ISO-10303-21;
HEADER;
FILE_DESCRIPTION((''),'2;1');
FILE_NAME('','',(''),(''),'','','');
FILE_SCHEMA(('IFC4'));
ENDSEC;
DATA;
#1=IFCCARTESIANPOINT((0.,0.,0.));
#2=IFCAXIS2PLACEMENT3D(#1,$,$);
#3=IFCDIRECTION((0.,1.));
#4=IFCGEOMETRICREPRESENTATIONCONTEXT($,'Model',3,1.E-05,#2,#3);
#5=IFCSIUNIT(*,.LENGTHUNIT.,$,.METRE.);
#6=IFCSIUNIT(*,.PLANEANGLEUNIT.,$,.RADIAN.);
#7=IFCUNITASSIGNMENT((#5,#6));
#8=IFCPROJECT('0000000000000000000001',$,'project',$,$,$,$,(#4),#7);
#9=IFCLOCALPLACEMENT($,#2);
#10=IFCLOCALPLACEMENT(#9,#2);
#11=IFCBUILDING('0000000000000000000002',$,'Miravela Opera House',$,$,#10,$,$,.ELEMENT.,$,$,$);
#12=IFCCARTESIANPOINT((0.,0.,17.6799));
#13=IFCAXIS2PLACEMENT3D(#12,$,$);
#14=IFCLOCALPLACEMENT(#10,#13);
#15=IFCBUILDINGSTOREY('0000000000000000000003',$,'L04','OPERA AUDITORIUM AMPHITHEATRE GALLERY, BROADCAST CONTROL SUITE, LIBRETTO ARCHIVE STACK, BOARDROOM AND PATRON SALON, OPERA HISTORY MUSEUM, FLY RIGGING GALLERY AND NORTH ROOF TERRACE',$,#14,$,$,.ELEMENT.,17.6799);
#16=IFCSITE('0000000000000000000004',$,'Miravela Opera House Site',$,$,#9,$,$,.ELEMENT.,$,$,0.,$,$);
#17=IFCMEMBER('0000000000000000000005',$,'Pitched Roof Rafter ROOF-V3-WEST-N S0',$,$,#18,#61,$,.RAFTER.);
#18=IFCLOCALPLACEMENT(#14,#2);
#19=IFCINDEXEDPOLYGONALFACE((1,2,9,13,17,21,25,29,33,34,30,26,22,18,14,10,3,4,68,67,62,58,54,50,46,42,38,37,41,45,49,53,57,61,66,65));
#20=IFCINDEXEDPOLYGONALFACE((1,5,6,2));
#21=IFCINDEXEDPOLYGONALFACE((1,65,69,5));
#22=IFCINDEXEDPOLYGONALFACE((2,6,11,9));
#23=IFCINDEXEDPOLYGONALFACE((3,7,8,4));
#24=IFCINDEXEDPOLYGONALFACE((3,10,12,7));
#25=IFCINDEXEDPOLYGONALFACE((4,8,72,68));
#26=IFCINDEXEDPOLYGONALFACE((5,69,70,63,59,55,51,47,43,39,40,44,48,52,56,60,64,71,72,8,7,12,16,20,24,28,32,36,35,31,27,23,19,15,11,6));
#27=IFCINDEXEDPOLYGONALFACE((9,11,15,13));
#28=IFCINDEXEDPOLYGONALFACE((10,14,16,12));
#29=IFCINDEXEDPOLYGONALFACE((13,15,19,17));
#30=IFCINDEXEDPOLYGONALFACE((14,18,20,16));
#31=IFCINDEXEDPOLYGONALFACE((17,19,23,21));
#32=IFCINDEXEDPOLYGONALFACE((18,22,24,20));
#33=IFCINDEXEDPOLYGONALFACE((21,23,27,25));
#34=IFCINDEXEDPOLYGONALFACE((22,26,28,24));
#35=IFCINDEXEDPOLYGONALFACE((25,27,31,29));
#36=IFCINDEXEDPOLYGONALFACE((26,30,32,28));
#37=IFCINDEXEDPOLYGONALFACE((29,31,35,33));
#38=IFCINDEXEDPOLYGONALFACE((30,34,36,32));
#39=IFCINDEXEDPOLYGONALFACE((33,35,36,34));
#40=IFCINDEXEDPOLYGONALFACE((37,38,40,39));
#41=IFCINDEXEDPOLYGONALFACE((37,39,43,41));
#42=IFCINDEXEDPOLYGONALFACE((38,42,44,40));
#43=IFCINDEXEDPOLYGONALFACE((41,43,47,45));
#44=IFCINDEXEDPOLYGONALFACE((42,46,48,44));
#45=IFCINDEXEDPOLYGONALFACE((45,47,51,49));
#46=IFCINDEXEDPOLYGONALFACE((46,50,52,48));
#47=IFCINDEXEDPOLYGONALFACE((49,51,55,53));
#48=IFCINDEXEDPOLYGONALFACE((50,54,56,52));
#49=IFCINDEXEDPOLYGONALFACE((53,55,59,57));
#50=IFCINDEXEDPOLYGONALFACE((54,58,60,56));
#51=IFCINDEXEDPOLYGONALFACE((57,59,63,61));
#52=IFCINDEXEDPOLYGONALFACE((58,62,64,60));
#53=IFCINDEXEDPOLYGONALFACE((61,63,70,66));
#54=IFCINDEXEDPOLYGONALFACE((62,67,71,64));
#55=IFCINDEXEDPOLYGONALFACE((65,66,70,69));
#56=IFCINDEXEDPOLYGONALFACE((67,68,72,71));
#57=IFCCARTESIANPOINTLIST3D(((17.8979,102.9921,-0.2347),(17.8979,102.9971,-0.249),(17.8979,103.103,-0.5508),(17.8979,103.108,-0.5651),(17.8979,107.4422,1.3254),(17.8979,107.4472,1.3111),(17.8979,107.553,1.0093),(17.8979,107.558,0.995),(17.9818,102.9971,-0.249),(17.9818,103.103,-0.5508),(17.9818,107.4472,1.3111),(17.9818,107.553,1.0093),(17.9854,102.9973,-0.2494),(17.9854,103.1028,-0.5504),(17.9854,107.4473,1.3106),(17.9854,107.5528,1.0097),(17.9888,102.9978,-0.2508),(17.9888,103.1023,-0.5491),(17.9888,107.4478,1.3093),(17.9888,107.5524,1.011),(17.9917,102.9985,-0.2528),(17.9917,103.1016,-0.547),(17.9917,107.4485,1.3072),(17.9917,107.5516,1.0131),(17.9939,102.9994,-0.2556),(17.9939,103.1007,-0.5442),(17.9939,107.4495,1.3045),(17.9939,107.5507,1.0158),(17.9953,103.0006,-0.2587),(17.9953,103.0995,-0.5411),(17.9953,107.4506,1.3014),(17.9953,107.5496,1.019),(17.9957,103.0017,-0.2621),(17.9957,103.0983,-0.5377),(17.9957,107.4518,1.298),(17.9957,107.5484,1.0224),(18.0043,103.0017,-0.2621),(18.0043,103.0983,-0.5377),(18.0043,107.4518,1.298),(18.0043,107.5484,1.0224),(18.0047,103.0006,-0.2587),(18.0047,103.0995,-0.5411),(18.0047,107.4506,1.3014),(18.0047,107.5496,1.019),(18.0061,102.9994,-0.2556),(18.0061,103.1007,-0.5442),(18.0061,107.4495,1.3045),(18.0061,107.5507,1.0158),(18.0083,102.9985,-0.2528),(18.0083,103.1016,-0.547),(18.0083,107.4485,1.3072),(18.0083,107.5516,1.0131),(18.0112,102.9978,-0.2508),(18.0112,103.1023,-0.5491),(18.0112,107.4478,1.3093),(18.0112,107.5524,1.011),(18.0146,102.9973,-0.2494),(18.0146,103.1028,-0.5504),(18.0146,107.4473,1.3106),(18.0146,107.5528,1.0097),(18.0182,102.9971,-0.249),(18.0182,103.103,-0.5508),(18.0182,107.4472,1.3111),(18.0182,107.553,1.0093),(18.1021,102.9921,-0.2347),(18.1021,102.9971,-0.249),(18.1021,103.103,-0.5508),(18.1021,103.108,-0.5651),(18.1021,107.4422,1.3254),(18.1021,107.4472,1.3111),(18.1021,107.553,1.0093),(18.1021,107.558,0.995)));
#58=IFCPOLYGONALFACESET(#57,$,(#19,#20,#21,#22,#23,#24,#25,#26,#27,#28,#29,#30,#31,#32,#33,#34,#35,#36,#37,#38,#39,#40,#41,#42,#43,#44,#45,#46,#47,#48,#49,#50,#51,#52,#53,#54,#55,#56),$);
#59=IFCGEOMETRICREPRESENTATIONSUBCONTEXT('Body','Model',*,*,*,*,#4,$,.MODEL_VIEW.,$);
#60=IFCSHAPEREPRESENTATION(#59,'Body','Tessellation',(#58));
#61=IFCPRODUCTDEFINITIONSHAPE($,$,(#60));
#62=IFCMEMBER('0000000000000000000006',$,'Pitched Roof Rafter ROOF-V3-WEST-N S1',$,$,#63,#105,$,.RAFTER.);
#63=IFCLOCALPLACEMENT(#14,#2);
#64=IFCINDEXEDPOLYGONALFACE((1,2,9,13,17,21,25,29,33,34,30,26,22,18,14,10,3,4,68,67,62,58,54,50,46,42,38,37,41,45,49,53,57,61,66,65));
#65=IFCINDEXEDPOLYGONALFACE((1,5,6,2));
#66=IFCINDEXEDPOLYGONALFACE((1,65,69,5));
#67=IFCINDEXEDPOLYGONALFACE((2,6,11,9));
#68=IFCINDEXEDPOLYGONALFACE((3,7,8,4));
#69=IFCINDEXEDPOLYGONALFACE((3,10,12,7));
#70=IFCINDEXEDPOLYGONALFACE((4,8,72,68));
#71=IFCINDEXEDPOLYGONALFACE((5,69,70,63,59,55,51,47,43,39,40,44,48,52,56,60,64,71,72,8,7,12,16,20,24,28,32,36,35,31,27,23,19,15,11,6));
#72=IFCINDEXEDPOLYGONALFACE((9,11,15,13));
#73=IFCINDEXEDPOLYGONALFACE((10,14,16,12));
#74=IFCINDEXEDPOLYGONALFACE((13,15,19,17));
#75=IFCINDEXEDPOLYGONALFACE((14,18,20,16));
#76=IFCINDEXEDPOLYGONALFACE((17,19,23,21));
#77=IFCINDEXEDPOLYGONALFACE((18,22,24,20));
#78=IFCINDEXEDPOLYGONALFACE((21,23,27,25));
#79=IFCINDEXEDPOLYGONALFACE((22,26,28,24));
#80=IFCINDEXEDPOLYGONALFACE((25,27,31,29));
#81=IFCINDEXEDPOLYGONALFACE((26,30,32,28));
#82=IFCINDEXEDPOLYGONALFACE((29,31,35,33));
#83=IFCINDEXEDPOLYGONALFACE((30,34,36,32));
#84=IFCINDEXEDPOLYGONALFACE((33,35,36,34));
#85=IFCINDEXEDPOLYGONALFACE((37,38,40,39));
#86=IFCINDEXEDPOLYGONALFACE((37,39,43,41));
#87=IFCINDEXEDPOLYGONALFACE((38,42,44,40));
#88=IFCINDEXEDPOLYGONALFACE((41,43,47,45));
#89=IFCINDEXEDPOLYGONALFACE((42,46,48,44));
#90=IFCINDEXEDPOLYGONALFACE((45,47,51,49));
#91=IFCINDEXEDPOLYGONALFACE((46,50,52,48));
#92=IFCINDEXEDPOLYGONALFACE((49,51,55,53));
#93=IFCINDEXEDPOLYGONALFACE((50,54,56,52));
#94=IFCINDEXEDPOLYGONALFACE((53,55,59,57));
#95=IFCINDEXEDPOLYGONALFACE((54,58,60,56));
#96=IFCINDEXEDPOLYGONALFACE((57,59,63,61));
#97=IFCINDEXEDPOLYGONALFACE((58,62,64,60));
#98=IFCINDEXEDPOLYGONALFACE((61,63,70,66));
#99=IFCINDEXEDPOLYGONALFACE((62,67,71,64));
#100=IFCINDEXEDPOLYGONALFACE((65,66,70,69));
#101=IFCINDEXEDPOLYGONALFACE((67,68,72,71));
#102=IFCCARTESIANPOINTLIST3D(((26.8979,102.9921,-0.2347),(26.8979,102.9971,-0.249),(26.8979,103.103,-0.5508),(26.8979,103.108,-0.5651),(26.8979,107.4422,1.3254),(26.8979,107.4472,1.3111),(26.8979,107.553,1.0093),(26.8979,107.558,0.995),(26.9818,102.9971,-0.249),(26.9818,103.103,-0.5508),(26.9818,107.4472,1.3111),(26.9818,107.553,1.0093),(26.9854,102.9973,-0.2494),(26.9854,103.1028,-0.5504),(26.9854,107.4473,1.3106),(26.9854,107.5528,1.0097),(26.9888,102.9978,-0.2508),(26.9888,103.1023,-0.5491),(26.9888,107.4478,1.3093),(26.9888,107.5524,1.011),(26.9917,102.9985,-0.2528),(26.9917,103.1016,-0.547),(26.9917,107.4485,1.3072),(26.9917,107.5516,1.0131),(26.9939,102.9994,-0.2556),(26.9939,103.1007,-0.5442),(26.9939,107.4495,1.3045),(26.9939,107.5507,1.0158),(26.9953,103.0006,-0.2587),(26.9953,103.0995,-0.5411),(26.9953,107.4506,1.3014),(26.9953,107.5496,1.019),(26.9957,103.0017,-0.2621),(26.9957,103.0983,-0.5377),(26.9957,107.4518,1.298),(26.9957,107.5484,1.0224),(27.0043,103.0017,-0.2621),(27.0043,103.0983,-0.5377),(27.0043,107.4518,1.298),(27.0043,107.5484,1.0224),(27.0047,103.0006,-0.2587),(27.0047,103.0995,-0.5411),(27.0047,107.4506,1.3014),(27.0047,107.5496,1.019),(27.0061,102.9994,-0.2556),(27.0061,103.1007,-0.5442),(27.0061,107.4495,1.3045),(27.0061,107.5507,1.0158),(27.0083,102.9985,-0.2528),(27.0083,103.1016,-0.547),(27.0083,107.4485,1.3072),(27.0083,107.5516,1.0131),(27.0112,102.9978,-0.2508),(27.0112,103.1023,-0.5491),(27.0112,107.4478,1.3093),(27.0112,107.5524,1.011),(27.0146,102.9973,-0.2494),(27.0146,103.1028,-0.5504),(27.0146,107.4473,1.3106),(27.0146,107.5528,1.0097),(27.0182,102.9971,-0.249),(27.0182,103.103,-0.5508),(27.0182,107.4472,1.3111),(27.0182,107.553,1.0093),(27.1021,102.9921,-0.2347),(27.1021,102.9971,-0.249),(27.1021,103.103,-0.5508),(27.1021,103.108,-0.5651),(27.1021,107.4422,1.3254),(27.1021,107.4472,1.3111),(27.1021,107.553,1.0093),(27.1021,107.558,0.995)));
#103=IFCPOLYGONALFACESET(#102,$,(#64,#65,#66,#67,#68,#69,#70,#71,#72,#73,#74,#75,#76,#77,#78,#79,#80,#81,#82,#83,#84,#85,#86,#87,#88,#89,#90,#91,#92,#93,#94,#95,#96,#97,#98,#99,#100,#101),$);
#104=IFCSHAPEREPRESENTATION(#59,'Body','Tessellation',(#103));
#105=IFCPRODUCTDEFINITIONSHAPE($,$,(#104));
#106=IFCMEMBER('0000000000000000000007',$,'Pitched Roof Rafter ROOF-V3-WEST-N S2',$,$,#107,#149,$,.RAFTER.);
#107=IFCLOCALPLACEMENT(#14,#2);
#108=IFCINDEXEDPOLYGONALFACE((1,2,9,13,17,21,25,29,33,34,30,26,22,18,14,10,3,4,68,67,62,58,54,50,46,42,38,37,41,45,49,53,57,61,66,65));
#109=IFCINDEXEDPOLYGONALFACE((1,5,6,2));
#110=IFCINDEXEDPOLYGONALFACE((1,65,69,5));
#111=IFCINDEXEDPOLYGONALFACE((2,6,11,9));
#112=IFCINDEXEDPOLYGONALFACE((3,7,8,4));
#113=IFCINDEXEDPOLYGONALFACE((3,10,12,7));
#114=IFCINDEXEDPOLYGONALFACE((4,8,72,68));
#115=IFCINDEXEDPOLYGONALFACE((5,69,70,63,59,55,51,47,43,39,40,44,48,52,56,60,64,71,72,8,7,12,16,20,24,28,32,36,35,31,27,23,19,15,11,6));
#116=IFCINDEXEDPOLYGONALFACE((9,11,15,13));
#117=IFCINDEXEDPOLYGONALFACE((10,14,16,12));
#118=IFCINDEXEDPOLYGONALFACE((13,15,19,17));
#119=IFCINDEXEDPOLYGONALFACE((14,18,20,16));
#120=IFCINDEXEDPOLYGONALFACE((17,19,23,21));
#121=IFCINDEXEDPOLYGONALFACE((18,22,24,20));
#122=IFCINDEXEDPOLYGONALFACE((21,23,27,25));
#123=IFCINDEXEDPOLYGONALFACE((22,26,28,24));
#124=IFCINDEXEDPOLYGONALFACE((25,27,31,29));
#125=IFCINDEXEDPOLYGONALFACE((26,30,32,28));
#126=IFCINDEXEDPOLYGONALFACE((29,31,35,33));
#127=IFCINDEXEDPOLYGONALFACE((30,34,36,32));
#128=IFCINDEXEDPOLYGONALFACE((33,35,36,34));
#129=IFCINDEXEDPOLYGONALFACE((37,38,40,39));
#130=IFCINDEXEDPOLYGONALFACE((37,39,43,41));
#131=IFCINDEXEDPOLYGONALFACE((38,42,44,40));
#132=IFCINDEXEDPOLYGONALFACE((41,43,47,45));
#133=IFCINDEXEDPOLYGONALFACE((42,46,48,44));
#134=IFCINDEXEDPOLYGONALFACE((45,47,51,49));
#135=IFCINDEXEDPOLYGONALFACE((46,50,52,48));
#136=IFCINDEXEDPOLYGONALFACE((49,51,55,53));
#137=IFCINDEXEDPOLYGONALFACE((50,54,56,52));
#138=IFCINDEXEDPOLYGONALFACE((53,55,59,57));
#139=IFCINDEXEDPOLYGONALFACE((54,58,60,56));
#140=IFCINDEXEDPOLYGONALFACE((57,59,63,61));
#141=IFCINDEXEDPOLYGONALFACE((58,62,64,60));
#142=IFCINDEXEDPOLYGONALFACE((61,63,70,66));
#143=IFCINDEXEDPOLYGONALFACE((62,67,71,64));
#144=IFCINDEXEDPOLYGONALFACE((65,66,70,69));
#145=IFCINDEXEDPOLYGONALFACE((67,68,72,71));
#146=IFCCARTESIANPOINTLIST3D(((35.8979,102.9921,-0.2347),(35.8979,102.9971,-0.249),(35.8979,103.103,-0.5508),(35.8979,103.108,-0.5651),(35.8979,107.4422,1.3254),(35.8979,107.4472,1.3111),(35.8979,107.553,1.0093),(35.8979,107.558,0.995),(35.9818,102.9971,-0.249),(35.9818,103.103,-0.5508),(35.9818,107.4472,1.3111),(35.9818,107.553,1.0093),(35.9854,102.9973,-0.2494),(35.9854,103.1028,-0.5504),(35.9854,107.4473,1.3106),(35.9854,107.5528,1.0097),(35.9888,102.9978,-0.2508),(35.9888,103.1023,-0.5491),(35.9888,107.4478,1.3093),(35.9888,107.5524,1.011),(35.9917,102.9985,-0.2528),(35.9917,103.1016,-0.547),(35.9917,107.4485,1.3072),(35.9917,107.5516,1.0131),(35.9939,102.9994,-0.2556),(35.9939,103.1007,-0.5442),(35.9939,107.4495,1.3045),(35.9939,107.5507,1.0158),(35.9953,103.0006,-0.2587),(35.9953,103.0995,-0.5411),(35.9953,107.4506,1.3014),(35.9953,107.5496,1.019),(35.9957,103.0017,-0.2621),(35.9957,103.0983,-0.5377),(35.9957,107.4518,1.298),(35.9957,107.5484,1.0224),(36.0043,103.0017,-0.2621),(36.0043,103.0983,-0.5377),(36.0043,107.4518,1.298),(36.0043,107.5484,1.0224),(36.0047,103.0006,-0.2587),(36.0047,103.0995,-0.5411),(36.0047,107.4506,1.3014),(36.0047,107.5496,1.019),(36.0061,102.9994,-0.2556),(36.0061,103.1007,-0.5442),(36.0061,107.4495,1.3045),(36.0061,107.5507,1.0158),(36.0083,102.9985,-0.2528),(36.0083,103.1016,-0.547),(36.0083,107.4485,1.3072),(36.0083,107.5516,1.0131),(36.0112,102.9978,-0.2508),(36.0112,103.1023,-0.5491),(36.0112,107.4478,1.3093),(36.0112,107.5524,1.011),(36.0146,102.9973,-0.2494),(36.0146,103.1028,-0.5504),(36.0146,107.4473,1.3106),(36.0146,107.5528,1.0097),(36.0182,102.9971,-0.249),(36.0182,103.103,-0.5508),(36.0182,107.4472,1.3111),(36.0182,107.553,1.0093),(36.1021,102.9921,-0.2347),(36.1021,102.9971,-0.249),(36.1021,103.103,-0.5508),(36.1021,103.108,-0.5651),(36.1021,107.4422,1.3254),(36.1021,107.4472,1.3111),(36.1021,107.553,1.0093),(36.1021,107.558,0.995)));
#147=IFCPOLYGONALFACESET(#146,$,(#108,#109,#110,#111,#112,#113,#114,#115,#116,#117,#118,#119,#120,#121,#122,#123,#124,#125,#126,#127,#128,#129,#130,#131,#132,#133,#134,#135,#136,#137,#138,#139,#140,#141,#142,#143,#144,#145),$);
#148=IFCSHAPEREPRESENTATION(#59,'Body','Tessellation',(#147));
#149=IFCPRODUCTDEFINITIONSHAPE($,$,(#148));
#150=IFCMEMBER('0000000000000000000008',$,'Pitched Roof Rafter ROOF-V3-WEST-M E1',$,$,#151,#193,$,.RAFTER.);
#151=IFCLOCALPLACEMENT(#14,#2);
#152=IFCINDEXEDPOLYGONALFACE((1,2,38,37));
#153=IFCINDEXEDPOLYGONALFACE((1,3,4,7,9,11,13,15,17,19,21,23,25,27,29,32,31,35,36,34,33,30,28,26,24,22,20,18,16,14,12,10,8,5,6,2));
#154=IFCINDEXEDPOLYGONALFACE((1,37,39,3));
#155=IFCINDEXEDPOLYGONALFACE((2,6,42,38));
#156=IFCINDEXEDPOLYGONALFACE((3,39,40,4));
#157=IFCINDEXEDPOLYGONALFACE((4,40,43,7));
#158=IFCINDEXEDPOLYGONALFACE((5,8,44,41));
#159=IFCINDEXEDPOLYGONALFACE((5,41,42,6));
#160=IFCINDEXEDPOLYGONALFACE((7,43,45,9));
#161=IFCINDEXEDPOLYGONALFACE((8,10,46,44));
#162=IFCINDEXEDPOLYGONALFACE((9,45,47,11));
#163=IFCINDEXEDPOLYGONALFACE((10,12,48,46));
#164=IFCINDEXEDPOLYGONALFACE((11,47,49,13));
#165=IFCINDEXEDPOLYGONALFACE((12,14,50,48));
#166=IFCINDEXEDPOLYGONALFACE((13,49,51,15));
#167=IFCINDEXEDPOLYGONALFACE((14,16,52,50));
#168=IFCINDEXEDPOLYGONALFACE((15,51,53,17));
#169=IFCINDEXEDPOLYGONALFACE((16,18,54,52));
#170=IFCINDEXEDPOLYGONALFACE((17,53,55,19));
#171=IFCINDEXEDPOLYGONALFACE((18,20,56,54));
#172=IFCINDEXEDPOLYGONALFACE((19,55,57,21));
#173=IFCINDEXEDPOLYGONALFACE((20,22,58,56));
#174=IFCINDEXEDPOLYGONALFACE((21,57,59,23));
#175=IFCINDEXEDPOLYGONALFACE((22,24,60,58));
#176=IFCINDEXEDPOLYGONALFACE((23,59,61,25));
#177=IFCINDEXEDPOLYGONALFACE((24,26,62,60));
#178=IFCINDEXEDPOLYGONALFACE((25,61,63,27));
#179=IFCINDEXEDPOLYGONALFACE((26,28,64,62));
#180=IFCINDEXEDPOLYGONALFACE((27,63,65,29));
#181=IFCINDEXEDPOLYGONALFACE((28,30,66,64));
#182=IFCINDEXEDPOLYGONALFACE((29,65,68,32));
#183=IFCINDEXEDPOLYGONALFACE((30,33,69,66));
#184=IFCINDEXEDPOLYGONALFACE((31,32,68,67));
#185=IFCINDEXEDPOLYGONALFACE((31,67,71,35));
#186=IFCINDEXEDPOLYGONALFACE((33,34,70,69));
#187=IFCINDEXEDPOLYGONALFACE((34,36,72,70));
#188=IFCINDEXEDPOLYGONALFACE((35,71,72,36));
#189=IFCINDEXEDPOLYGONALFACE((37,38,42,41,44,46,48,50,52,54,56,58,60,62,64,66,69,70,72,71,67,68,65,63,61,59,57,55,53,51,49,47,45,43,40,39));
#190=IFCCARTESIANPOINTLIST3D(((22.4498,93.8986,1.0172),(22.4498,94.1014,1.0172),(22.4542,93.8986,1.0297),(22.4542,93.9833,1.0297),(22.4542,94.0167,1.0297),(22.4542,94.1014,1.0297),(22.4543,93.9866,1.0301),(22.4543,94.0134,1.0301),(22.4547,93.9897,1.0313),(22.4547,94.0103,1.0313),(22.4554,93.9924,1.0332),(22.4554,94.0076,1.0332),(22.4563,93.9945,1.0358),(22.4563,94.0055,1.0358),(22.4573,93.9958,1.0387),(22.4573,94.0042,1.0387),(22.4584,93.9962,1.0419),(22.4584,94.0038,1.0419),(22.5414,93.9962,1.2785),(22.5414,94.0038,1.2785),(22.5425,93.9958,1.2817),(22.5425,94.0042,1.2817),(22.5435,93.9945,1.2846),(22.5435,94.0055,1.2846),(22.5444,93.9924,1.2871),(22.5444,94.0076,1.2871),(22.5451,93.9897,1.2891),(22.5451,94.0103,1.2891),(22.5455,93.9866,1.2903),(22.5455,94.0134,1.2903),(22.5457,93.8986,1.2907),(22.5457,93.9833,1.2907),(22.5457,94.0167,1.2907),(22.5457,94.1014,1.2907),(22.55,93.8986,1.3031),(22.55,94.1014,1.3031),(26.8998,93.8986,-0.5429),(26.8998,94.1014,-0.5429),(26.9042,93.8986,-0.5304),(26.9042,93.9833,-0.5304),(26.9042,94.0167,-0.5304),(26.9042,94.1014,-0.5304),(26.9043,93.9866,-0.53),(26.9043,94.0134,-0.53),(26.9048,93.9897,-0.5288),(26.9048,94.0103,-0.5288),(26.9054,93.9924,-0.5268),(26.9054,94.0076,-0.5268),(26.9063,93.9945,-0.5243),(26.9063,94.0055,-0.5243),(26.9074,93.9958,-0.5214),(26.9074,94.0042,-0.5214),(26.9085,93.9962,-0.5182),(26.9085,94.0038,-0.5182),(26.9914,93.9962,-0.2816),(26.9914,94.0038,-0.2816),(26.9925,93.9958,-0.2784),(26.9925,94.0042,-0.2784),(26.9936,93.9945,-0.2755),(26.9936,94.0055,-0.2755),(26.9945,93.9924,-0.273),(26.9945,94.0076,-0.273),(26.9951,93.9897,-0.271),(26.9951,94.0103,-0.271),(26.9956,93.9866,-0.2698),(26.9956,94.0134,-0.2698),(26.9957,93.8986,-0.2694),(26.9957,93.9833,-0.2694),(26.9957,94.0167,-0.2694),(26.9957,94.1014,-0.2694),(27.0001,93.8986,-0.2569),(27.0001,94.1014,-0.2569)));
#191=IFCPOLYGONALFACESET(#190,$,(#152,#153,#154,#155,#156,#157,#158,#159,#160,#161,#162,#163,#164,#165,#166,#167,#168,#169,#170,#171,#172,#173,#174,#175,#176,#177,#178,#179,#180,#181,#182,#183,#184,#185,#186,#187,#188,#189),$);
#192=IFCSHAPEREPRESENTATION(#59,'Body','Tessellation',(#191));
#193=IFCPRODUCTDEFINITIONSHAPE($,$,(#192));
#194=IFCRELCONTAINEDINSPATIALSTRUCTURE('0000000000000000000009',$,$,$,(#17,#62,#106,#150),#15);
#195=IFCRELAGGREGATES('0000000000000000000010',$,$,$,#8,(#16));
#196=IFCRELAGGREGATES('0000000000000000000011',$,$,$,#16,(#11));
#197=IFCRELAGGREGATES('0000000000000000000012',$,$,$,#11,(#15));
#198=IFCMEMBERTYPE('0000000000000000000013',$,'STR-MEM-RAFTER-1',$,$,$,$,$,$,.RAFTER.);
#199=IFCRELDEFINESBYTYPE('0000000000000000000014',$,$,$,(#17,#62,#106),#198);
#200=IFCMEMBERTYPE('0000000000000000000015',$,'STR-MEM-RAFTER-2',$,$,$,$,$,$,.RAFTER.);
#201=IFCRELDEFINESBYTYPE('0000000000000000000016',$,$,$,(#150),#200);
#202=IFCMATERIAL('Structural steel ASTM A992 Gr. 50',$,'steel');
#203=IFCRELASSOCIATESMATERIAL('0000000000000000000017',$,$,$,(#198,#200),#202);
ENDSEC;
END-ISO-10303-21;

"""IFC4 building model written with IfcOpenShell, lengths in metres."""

from ifc_helpers import new_model, si_unit, direction, frame, origin, origin_2d, place, context, subcontext, project, spatial, i_section, extrude, material, material_profile, profile_set, type_object, element, save


model = new_model("IFC4")

# Units and contexts
model_context = context("Model", 3, precision=1e-05, world=origin(), true_north=direction((0.0, 1.0)))
body_context = subcontext(model_context, "Body", "Model", "MODEL_VIEW")
ifc_project = project(units=[si_unit("LENGTHUNIT", "METRE"), si_unit("PLANEANGLEUNIT", "RADIAN")], contexts=[model_context])

# Site, building, storey
site_placement = place(None, origin())
site = spatial("IfcSite", under=ifc_project, at=site_placement, Name="Miravela Opera House Site", CompositionType="ELEMENT", RefElevation=0.0)
building_placement = place(site_placement, origin())
building = spatial("IfcBuilding", under=site, at=building_placement, Name="Miravela Opera House", CompositionType="ELEMENT")
storey_placement = place(building_placement, frame((0.0, 0.0, 17.6799)))
storey = spatial("IfcBuildingStorey", under=building, at=storey_placement, Name="L04", Description="OPERA AUDITORIUM AMPHITHEATRE GALLERY, BROADCAST CONTROL SUITE, LIBRETTO ARCHIVE STACK, BOARDROOM AND PATRON SALON, OPERA HISTORY MUSEUM, FLY RIGGING GALLERY AND NORTH ROOF TERRACE", CompositionType="ELEMENT", Elevation=17.6799)

# Shared definitions
ifc_material_1 = material(Name="Structural steel ASTM A992 Gr. 50", Category="steel")

# Members
ifc_material_profile_1 = material_profile(ifc_material_1, i_section(OverallWidth=0.2041, OverallDepth=0.3501, WebThickness=0.0085, FlangeThickness=0.0151, FilletRadius=0.0139, at=origin_2d()), Name="W360X72")
ifc_profile_set_1 = profile_set([ifc_material_profile_1])
member_type_1 = type_object("IfcMemberType", Name="STR-MEM-RAFTER-1", PredefinedType="RAFTER", material=ifc_profile_set_1)
for number, where, z_axis, x_axis, name in (
    (1, (18.0, 103.05, -0.3999), (0.0, 0.943688, 0.330837), (-1.0, 0.0, 0.0), "Pitched Roof Rafter ROOF-V3-WEST-N S0"),
    (2, (27.0, 103.05, -0.3999), (0.0, 0.943688, 0.330837), (-1.0, 0.0, 0.0), "Pitched Roof Rafter ROOF-V3-WEST-N S1"),
    (3, (36.0, 103.05, -0.3999), (0.0, 0.943688, 0.330837), (-1.0, 0.0, 0.0), "Pitched Roof Rafter ROOF-V3-WEST-N S2"),
):
    element("IfcMember", number, at=place(storey_placement, frame(where, z_axis=z_axis, x_axis=x_axis)), inside=storey, type_object=member_type_1, Name=name, PredefinedType="RAFTER", context=body_context, shape_type="SweptSolid", body=[
        extrude(i_section(OverallWidth=0.2041, OverallDepth=0.3501, WebThickness=0.0085, FlangeThickness=0.0151, FilletRadius=0.0139, at=origin_2d()), origin(), (0.0, 0.0, 1.0), 4.7156),
    ])
ifc_material_profile_2 = material_profile(ifc_material_1, i_section(OverallWidth=0.2029, OverallDepth=0.303, WebThickness=0.0076, FlangeThickness=0.0132, FilletRadius=0.0129, at=origin_2d()), Name="W310X60")
ifc_profile_set_2 = profile_set([ifc_material_profile_2])
member_type_2 = type_object("IfcMemberType", Name="STR-MEM-RAFTER-2", PredefinedType="RAFTER", material=ifc_profile_set_2)
for number, where, z_axis, x_axis, name in (
    (4, (26.95, 94.0, -0.3999), (-0.943688, 0.0, 0.330837), (0.0, -1.0, 0.0), "Pitched Roof Rafter ROOF-V3-WEST-M E1"),
):
    element("IfcMember", number, at=place(storey_placement, frame(where, z_axis=z_axis, x_axis=x_axis)), inside=storey, type_object=member_type_2, Name=name, PredefinedType="RAFTER", context=body_context, shape_type="SweptSolid", body=[
        extrude(i_section(OverallWidth=0.2029, OverallDepth=0.303, WebThickness=0.0076, FlangeThickness=0.0132, FilletRadius=0.0129, at=origin_2d()), origin(), (0.0, 0.0, 1.0), 4.7156),
    ])

save(model, "model.ifc")
